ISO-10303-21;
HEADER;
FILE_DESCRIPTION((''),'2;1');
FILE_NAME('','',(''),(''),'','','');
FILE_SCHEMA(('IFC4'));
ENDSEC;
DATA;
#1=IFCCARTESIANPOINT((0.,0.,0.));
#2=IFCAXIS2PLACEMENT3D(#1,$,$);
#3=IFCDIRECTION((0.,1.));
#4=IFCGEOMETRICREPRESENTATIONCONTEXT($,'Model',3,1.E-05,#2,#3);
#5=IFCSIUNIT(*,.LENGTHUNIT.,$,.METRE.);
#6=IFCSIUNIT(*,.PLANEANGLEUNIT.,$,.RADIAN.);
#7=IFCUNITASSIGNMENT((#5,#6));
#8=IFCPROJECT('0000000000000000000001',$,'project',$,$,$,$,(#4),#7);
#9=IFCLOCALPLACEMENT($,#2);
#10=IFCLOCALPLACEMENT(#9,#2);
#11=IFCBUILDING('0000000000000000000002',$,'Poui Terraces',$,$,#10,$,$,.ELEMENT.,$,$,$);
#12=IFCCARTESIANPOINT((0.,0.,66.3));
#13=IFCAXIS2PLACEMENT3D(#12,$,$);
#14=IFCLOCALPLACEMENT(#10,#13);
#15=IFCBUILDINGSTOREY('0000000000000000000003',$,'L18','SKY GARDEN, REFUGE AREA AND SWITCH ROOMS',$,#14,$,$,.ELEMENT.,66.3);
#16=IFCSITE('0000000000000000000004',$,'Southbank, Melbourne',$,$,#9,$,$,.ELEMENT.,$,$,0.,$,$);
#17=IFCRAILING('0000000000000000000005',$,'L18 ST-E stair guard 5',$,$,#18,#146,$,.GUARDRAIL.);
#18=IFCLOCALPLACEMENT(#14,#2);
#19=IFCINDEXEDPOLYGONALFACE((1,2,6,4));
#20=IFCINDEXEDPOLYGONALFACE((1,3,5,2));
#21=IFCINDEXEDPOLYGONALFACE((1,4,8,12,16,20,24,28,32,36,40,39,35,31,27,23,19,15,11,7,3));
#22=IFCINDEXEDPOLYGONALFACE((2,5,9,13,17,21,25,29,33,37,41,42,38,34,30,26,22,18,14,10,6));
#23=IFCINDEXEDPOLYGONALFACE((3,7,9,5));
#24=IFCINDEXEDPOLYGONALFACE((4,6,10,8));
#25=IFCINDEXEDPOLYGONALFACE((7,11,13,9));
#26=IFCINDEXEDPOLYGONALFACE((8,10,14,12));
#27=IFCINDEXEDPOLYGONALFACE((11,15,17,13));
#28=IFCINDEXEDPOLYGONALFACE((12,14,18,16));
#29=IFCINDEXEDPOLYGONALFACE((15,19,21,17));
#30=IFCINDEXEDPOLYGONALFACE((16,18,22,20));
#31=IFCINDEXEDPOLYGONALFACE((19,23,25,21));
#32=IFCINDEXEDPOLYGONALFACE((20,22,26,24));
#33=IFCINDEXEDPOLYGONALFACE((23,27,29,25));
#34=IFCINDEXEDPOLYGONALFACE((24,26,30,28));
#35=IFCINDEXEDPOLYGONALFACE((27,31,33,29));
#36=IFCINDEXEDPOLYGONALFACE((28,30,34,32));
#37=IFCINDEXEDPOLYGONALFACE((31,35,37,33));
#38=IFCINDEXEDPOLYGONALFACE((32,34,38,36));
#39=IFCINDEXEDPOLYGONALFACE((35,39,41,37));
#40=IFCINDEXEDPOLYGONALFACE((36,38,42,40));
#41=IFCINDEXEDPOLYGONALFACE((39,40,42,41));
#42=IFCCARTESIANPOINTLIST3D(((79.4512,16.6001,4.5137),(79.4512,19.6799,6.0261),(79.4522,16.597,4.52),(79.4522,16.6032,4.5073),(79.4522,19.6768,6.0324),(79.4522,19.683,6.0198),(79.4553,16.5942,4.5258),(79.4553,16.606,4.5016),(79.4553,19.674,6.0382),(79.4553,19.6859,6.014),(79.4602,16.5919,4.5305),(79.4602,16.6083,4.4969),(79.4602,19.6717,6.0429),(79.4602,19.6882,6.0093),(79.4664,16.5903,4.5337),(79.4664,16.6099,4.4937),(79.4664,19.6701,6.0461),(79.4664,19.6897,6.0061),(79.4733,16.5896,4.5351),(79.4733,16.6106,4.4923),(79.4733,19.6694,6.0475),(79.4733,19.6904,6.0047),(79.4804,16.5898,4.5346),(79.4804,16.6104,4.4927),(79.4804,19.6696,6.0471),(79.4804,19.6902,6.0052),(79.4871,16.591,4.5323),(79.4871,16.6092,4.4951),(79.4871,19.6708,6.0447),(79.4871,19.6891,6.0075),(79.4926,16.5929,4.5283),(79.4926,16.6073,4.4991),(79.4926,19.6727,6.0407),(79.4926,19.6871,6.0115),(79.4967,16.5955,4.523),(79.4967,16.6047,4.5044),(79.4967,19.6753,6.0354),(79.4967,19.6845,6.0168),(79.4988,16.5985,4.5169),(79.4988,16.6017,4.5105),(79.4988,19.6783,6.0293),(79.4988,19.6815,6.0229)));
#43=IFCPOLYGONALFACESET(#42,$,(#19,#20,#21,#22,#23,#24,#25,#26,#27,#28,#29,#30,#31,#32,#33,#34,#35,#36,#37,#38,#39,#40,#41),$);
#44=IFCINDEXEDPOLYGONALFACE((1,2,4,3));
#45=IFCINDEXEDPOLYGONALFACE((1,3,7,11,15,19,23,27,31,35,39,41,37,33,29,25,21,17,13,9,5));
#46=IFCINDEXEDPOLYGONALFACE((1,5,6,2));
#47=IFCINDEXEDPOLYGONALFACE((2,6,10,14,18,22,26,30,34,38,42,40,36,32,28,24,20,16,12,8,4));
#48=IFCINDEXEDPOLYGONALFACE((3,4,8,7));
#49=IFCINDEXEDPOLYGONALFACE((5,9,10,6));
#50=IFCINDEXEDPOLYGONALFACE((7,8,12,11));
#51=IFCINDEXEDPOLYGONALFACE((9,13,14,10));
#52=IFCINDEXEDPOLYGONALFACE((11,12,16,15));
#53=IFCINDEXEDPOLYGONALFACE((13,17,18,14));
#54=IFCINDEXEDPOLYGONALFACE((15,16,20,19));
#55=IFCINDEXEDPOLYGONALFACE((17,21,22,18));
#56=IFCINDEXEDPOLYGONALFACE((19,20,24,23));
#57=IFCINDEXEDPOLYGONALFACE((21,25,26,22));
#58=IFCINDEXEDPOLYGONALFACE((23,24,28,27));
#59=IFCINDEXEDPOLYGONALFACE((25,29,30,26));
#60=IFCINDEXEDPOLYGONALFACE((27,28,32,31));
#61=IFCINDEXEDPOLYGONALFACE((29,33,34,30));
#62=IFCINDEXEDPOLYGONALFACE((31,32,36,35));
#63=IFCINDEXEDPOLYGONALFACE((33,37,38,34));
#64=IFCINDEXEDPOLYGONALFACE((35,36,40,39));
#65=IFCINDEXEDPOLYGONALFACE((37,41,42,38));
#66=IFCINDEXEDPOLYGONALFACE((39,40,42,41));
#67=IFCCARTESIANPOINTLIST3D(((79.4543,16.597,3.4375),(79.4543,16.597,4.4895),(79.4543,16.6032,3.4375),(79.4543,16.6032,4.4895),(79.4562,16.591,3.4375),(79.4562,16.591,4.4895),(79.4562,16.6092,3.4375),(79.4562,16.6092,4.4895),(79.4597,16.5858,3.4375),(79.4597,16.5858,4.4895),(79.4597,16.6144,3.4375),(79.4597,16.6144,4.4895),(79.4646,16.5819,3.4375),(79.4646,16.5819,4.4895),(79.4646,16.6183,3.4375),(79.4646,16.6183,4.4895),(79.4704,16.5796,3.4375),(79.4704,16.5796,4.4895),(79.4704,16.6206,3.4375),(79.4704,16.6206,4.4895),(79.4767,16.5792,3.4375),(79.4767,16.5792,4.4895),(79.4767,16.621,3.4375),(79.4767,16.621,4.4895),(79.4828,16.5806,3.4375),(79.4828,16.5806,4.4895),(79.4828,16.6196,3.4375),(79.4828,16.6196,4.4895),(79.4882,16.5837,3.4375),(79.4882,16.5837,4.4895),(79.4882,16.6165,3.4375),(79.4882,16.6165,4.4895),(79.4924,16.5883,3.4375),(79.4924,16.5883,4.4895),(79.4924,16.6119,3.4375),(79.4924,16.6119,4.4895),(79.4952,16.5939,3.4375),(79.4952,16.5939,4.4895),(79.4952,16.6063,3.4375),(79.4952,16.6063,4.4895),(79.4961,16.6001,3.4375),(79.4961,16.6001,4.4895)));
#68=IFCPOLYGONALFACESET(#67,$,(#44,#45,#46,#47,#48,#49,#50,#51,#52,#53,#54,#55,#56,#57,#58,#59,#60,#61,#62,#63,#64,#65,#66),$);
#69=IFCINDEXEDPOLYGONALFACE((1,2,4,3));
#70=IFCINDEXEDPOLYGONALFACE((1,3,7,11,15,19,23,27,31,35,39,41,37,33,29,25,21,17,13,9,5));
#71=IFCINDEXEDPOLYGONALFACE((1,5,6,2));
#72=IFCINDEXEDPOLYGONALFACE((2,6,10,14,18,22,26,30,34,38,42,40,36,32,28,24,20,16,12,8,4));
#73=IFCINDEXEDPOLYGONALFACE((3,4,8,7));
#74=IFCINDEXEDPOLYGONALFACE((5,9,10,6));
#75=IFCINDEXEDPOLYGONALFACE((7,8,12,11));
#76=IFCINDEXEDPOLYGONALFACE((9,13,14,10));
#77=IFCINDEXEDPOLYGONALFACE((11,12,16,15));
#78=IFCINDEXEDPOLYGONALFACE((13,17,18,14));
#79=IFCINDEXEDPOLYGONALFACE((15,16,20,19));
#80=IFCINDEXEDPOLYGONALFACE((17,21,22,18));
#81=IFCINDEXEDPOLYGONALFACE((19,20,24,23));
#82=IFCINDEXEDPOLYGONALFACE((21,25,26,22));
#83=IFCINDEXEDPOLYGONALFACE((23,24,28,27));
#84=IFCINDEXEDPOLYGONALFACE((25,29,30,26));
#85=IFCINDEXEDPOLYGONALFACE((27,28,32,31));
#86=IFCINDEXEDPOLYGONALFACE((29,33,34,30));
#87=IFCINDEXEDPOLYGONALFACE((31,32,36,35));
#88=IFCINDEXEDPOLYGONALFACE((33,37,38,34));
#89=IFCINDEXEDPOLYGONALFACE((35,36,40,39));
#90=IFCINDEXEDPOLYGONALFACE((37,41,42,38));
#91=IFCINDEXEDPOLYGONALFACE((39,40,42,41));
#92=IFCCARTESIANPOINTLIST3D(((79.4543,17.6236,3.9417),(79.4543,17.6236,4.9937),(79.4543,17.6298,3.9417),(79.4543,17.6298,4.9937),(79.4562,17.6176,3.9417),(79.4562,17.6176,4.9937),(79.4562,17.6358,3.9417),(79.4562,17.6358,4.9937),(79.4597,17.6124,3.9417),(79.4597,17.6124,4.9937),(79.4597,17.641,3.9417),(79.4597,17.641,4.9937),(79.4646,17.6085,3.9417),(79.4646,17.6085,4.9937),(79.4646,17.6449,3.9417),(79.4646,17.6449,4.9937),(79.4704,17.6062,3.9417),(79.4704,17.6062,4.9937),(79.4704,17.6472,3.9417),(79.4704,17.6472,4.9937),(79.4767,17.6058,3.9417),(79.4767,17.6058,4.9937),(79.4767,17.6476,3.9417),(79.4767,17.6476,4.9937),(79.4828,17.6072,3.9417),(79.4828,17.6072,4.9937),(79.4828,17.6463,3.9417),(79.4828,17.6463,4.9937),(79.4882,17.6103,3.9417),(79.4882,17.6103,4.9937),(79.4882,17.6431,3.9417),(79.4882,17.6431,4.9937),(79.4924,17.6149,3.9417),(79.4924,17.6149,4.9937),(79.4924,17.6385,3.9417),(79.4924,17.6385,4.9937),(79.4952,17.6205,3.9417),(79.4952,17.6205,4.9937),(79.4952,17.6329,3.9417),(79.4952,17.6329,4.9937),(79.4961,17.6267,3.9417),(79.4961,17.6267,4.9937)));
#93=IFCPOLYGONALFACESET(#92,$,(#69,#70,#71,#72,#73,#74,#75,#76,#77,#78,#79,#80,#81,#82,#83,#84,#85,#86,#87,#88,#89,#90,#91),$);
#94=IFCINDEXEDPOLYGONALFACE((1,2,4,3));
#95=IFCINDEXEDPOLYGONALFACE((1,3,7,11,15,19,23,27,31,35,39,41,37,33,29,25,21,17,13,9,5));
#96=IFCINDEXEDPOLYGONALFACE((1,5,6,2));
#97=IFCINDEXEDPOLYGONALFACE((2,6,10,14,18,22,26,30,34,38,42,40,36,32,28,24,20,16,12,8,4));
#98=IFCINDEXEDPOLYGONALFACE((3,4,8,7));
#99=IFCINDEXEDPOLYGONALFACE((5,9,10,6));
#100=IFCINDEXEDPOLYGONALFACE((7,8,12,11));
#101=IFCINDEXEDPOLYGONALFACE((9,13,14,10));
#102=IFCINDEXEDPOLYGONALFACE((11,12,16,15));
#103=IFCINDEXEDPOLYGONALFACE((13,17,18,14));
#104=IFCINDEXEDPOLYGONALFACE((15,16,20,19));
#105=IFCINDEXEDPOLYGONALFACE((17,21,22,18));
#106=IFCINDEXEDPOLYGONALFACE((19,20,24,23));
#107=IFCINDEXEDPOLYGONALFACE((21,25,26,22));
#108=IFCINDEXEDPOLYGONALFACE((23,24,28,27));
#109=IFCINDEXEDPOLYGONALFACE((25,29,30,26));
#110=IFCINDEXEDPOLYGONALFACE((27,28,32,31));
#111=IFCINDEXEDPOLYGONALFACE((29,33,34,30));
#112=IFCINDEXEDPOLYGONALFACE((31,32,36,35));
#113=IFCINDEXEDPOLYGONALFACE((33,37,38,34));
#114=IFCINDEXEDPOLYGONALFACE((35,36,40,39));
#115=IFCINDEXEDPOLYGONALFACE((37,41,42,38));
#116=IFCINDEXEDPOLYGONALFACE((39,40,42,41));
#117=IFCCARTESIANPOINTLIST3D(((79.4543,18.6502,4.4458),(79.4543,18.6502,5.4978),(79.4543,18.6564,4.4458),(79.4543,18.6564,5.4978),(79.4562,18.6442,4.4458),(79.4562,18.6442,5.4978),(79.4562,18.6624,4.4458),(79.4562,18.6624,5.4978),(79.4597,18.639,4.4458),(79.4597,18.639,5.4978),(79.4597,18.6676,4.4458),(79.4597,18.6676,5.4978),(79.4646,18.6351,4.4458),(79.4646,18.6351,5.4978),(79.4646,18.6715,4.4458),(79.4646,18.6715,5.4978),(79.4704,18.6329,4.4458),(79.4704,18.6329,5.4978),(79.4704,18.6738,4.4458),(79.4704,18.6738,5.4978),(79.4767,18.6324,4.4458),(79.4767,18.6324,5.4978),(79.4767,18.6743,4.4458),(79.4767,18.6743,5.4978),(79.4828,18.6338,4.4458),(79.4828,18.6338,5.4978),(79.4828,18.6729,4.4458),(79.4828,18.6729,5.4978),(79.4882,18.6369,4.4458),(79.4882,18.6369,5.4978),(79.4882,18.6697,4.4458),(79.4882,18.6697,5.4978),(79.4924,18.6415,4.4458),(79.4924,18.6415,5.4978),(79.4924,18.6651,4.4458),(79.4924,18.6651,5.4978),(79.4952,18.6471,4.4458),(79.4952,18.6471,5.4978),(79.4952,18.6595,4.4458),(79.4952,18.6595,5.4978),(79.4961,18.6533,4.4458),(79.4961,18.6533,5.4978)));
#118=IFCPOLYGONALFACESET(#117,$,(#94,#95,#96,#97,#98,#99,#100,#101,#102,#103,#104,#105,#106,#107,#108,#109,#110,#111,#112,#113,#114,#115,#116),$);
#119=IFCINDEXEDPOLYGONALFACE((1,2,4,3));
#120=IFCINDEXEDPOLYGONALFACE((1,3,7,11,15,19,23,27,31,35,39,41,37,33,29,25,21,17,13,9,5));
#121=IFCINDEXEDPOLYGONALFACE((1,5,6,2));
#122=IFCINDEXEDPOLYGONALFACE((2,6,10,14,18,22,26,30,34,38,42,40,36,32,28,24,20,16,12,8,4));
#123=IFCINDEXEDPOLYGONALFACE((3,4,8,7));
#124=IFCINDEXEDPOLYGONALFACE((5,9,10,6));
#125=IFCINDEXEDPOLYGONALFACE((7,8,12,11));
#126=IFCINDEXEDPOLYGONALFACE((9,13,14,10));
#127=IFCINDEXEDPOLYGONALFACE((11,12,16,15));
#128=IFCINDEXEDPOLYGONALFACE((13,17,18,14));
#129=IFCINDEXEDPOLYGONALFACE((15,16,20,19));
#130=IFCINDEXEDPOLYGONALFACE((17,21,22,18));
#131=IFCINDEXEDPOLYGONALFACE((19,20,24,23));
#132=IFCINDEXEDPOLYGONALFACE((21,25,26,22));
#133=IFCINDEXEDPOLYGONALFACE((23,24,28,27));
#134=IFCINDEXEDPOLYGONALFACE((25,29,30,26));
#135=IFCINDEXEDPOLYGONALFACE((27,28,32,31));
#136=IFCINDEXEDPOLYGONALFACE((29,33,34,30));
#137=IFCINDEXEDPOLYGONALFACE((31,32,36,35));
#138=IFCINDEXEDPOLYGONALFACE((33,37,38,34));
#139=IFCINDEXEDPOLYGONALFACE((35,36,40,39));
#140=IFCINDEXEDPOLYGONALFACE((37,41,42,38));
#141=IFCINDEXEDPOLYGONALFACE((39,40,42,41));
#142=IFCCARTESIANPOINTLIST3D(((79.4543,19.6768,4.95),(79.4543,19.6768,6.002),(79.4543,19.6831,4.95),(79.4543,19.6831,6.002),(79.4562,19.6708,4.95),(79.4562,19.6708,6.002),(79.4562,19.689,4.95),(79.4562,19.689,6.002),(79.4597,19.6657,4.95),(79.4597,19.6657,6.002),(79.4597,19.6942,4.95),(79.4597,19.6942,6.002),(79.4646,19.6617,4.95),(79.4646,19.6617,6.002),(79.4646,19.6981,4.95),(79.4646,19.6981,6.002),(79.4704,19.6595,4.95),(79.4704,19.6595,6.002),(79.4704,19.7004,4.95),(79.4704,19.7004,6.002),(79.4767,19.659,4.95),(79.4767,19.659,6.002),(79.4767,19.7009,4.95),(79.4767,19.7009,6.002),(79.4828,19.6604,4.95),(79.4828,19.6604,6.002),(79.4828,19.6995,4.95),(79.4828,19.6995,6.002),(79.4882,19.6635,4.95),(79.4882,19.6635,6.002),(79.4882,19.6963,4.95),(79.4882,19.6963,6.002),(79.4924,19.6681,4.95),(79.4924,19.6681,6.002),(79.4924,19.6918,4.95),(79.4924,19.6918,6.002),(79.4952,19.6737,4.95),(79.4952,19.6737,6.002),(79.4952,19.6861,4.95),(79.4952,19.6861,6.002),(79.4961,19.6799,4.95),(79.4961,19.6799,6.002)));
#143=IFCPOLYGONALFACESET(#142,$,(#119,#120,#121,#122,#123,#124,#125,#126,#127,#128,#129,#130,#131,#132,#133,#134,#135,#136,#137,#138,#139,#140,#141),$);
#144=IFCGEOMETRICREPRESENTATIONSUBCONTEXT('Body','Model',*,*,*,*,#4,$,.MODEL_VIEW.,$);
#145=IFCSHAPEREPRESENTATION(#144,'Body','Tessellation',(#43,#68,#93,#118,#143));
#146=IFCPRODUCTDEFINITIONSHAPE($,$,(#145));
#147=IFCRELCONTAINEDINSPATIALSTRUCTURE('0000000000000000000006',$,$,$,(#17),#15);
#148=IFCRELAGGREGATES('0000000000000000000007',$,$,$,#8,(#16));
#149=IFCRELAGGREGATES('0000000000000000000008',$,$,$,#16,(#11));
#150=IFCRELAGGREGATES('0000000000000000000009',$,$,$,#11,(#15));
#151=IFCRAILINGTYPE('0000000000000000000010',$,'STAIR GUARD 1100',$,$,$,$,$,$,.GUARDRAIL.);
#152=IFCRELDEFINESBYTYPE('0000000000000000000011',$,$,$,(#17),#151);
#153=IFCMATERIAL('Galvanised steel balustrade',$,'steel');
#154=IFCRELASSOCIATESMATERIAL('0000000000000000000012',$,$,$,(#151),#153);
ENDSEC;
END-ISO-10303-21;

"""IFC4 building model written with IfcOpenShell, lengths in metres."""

from ifc_helpers import new_model, si_unit, direction, frame, origin, origin_2d, place, context, subcontext, project, spatial, circle, extrude, material, type_object, element, save


model = new_model("IFC4")

# Units and contexts
model_context = context("Model", 3, precision=1e-05, world=origin(), true_north=direction((0.0, 1.0)))
body_context = subcontext(model_context, "Body", "Model", "MODEL_VIEW")
ifc_project = project(units=[si_unit("LENGTHUNIT", "METRE"), si_unit("PLANEANGLEUNIT", "RADIAN")], contexts=[model_context])

# Site, building, storey
site_placement = place(None, origin())
site = spatial("IfcSite", under=ifc_project, at=site_placement, Name="Southbank, Melbourne", CompositionType="ELEMENT", RefElevation=0.0)
building_placement = place(site_placement, origin())
building = spatial("IfcBuilding", under=site, at=building_placement, Name="Poui Terraces", CompositionType="ELEMENT")
storey_placement = place(building_placement, frame((0.0, 0.0, 66.3)))
storey = spatial("IfcBuildingStorey", under=building, at=storey_placement, Name="L18", Description="SKY GARDEN, REFUGE AREA AND SWITCH ROOMS", CompositionType="ELEMENT", Elevation=66.3)

# Railing
ifc_material_1 = material(Name="Galvanised steel balustrade", Category="steel")
railing_type_1 = type_object("IfcRailingType", Name="STAIR GUARD 1100", PredefinedType="GUARDRAIL", material=ifc_material_1)
for number, where, name in (
    (1, (79.4751, 16.6001, 3.4375), "L18 ST-E stair guard 5"),
):
    element("IfcRailing", number, at=place(storey_placement, frame(where)), inside=storey, type_object=railing_type_1, Name=name, PredefinedType="GUARDRAIL", context=body_context, shape_type="SweptSolid", body=[
        extrude(circle(Radius=0.0239, at=origin_2d()), frame((0.0, 0.0, 1.0762), z_axis=(0.0, 0.897606, 0.440798), x_axis=(-1.0, 0.0, 0.0)), (0.0, 0.0, 1.0), 3.4312),
        extrude(circle(Radius=0.021, at=origin_2d()), origin(), (0.0, 0.0, 1.0), 1.052),
        extrude(circle(Radius=0.021, at=origin_2d()), frame((0.0, 1.0266, 0.5042)), (0.0, 0.0, 1.0), 1.052),
        extrude(circle(Radius=0.021, at=origin_2d()), frame((0.0, 2.0532, 1.0083)), (0.0, 0.0, 1.0), 1.052),
        extrude(circle(Radius=0.021, at=origin_2d()), frame((0.0, 3.0798, 1.5125)), (0.0, 0.0, 1.0), 1.052),
    ])

save(model, "model.ifc")
